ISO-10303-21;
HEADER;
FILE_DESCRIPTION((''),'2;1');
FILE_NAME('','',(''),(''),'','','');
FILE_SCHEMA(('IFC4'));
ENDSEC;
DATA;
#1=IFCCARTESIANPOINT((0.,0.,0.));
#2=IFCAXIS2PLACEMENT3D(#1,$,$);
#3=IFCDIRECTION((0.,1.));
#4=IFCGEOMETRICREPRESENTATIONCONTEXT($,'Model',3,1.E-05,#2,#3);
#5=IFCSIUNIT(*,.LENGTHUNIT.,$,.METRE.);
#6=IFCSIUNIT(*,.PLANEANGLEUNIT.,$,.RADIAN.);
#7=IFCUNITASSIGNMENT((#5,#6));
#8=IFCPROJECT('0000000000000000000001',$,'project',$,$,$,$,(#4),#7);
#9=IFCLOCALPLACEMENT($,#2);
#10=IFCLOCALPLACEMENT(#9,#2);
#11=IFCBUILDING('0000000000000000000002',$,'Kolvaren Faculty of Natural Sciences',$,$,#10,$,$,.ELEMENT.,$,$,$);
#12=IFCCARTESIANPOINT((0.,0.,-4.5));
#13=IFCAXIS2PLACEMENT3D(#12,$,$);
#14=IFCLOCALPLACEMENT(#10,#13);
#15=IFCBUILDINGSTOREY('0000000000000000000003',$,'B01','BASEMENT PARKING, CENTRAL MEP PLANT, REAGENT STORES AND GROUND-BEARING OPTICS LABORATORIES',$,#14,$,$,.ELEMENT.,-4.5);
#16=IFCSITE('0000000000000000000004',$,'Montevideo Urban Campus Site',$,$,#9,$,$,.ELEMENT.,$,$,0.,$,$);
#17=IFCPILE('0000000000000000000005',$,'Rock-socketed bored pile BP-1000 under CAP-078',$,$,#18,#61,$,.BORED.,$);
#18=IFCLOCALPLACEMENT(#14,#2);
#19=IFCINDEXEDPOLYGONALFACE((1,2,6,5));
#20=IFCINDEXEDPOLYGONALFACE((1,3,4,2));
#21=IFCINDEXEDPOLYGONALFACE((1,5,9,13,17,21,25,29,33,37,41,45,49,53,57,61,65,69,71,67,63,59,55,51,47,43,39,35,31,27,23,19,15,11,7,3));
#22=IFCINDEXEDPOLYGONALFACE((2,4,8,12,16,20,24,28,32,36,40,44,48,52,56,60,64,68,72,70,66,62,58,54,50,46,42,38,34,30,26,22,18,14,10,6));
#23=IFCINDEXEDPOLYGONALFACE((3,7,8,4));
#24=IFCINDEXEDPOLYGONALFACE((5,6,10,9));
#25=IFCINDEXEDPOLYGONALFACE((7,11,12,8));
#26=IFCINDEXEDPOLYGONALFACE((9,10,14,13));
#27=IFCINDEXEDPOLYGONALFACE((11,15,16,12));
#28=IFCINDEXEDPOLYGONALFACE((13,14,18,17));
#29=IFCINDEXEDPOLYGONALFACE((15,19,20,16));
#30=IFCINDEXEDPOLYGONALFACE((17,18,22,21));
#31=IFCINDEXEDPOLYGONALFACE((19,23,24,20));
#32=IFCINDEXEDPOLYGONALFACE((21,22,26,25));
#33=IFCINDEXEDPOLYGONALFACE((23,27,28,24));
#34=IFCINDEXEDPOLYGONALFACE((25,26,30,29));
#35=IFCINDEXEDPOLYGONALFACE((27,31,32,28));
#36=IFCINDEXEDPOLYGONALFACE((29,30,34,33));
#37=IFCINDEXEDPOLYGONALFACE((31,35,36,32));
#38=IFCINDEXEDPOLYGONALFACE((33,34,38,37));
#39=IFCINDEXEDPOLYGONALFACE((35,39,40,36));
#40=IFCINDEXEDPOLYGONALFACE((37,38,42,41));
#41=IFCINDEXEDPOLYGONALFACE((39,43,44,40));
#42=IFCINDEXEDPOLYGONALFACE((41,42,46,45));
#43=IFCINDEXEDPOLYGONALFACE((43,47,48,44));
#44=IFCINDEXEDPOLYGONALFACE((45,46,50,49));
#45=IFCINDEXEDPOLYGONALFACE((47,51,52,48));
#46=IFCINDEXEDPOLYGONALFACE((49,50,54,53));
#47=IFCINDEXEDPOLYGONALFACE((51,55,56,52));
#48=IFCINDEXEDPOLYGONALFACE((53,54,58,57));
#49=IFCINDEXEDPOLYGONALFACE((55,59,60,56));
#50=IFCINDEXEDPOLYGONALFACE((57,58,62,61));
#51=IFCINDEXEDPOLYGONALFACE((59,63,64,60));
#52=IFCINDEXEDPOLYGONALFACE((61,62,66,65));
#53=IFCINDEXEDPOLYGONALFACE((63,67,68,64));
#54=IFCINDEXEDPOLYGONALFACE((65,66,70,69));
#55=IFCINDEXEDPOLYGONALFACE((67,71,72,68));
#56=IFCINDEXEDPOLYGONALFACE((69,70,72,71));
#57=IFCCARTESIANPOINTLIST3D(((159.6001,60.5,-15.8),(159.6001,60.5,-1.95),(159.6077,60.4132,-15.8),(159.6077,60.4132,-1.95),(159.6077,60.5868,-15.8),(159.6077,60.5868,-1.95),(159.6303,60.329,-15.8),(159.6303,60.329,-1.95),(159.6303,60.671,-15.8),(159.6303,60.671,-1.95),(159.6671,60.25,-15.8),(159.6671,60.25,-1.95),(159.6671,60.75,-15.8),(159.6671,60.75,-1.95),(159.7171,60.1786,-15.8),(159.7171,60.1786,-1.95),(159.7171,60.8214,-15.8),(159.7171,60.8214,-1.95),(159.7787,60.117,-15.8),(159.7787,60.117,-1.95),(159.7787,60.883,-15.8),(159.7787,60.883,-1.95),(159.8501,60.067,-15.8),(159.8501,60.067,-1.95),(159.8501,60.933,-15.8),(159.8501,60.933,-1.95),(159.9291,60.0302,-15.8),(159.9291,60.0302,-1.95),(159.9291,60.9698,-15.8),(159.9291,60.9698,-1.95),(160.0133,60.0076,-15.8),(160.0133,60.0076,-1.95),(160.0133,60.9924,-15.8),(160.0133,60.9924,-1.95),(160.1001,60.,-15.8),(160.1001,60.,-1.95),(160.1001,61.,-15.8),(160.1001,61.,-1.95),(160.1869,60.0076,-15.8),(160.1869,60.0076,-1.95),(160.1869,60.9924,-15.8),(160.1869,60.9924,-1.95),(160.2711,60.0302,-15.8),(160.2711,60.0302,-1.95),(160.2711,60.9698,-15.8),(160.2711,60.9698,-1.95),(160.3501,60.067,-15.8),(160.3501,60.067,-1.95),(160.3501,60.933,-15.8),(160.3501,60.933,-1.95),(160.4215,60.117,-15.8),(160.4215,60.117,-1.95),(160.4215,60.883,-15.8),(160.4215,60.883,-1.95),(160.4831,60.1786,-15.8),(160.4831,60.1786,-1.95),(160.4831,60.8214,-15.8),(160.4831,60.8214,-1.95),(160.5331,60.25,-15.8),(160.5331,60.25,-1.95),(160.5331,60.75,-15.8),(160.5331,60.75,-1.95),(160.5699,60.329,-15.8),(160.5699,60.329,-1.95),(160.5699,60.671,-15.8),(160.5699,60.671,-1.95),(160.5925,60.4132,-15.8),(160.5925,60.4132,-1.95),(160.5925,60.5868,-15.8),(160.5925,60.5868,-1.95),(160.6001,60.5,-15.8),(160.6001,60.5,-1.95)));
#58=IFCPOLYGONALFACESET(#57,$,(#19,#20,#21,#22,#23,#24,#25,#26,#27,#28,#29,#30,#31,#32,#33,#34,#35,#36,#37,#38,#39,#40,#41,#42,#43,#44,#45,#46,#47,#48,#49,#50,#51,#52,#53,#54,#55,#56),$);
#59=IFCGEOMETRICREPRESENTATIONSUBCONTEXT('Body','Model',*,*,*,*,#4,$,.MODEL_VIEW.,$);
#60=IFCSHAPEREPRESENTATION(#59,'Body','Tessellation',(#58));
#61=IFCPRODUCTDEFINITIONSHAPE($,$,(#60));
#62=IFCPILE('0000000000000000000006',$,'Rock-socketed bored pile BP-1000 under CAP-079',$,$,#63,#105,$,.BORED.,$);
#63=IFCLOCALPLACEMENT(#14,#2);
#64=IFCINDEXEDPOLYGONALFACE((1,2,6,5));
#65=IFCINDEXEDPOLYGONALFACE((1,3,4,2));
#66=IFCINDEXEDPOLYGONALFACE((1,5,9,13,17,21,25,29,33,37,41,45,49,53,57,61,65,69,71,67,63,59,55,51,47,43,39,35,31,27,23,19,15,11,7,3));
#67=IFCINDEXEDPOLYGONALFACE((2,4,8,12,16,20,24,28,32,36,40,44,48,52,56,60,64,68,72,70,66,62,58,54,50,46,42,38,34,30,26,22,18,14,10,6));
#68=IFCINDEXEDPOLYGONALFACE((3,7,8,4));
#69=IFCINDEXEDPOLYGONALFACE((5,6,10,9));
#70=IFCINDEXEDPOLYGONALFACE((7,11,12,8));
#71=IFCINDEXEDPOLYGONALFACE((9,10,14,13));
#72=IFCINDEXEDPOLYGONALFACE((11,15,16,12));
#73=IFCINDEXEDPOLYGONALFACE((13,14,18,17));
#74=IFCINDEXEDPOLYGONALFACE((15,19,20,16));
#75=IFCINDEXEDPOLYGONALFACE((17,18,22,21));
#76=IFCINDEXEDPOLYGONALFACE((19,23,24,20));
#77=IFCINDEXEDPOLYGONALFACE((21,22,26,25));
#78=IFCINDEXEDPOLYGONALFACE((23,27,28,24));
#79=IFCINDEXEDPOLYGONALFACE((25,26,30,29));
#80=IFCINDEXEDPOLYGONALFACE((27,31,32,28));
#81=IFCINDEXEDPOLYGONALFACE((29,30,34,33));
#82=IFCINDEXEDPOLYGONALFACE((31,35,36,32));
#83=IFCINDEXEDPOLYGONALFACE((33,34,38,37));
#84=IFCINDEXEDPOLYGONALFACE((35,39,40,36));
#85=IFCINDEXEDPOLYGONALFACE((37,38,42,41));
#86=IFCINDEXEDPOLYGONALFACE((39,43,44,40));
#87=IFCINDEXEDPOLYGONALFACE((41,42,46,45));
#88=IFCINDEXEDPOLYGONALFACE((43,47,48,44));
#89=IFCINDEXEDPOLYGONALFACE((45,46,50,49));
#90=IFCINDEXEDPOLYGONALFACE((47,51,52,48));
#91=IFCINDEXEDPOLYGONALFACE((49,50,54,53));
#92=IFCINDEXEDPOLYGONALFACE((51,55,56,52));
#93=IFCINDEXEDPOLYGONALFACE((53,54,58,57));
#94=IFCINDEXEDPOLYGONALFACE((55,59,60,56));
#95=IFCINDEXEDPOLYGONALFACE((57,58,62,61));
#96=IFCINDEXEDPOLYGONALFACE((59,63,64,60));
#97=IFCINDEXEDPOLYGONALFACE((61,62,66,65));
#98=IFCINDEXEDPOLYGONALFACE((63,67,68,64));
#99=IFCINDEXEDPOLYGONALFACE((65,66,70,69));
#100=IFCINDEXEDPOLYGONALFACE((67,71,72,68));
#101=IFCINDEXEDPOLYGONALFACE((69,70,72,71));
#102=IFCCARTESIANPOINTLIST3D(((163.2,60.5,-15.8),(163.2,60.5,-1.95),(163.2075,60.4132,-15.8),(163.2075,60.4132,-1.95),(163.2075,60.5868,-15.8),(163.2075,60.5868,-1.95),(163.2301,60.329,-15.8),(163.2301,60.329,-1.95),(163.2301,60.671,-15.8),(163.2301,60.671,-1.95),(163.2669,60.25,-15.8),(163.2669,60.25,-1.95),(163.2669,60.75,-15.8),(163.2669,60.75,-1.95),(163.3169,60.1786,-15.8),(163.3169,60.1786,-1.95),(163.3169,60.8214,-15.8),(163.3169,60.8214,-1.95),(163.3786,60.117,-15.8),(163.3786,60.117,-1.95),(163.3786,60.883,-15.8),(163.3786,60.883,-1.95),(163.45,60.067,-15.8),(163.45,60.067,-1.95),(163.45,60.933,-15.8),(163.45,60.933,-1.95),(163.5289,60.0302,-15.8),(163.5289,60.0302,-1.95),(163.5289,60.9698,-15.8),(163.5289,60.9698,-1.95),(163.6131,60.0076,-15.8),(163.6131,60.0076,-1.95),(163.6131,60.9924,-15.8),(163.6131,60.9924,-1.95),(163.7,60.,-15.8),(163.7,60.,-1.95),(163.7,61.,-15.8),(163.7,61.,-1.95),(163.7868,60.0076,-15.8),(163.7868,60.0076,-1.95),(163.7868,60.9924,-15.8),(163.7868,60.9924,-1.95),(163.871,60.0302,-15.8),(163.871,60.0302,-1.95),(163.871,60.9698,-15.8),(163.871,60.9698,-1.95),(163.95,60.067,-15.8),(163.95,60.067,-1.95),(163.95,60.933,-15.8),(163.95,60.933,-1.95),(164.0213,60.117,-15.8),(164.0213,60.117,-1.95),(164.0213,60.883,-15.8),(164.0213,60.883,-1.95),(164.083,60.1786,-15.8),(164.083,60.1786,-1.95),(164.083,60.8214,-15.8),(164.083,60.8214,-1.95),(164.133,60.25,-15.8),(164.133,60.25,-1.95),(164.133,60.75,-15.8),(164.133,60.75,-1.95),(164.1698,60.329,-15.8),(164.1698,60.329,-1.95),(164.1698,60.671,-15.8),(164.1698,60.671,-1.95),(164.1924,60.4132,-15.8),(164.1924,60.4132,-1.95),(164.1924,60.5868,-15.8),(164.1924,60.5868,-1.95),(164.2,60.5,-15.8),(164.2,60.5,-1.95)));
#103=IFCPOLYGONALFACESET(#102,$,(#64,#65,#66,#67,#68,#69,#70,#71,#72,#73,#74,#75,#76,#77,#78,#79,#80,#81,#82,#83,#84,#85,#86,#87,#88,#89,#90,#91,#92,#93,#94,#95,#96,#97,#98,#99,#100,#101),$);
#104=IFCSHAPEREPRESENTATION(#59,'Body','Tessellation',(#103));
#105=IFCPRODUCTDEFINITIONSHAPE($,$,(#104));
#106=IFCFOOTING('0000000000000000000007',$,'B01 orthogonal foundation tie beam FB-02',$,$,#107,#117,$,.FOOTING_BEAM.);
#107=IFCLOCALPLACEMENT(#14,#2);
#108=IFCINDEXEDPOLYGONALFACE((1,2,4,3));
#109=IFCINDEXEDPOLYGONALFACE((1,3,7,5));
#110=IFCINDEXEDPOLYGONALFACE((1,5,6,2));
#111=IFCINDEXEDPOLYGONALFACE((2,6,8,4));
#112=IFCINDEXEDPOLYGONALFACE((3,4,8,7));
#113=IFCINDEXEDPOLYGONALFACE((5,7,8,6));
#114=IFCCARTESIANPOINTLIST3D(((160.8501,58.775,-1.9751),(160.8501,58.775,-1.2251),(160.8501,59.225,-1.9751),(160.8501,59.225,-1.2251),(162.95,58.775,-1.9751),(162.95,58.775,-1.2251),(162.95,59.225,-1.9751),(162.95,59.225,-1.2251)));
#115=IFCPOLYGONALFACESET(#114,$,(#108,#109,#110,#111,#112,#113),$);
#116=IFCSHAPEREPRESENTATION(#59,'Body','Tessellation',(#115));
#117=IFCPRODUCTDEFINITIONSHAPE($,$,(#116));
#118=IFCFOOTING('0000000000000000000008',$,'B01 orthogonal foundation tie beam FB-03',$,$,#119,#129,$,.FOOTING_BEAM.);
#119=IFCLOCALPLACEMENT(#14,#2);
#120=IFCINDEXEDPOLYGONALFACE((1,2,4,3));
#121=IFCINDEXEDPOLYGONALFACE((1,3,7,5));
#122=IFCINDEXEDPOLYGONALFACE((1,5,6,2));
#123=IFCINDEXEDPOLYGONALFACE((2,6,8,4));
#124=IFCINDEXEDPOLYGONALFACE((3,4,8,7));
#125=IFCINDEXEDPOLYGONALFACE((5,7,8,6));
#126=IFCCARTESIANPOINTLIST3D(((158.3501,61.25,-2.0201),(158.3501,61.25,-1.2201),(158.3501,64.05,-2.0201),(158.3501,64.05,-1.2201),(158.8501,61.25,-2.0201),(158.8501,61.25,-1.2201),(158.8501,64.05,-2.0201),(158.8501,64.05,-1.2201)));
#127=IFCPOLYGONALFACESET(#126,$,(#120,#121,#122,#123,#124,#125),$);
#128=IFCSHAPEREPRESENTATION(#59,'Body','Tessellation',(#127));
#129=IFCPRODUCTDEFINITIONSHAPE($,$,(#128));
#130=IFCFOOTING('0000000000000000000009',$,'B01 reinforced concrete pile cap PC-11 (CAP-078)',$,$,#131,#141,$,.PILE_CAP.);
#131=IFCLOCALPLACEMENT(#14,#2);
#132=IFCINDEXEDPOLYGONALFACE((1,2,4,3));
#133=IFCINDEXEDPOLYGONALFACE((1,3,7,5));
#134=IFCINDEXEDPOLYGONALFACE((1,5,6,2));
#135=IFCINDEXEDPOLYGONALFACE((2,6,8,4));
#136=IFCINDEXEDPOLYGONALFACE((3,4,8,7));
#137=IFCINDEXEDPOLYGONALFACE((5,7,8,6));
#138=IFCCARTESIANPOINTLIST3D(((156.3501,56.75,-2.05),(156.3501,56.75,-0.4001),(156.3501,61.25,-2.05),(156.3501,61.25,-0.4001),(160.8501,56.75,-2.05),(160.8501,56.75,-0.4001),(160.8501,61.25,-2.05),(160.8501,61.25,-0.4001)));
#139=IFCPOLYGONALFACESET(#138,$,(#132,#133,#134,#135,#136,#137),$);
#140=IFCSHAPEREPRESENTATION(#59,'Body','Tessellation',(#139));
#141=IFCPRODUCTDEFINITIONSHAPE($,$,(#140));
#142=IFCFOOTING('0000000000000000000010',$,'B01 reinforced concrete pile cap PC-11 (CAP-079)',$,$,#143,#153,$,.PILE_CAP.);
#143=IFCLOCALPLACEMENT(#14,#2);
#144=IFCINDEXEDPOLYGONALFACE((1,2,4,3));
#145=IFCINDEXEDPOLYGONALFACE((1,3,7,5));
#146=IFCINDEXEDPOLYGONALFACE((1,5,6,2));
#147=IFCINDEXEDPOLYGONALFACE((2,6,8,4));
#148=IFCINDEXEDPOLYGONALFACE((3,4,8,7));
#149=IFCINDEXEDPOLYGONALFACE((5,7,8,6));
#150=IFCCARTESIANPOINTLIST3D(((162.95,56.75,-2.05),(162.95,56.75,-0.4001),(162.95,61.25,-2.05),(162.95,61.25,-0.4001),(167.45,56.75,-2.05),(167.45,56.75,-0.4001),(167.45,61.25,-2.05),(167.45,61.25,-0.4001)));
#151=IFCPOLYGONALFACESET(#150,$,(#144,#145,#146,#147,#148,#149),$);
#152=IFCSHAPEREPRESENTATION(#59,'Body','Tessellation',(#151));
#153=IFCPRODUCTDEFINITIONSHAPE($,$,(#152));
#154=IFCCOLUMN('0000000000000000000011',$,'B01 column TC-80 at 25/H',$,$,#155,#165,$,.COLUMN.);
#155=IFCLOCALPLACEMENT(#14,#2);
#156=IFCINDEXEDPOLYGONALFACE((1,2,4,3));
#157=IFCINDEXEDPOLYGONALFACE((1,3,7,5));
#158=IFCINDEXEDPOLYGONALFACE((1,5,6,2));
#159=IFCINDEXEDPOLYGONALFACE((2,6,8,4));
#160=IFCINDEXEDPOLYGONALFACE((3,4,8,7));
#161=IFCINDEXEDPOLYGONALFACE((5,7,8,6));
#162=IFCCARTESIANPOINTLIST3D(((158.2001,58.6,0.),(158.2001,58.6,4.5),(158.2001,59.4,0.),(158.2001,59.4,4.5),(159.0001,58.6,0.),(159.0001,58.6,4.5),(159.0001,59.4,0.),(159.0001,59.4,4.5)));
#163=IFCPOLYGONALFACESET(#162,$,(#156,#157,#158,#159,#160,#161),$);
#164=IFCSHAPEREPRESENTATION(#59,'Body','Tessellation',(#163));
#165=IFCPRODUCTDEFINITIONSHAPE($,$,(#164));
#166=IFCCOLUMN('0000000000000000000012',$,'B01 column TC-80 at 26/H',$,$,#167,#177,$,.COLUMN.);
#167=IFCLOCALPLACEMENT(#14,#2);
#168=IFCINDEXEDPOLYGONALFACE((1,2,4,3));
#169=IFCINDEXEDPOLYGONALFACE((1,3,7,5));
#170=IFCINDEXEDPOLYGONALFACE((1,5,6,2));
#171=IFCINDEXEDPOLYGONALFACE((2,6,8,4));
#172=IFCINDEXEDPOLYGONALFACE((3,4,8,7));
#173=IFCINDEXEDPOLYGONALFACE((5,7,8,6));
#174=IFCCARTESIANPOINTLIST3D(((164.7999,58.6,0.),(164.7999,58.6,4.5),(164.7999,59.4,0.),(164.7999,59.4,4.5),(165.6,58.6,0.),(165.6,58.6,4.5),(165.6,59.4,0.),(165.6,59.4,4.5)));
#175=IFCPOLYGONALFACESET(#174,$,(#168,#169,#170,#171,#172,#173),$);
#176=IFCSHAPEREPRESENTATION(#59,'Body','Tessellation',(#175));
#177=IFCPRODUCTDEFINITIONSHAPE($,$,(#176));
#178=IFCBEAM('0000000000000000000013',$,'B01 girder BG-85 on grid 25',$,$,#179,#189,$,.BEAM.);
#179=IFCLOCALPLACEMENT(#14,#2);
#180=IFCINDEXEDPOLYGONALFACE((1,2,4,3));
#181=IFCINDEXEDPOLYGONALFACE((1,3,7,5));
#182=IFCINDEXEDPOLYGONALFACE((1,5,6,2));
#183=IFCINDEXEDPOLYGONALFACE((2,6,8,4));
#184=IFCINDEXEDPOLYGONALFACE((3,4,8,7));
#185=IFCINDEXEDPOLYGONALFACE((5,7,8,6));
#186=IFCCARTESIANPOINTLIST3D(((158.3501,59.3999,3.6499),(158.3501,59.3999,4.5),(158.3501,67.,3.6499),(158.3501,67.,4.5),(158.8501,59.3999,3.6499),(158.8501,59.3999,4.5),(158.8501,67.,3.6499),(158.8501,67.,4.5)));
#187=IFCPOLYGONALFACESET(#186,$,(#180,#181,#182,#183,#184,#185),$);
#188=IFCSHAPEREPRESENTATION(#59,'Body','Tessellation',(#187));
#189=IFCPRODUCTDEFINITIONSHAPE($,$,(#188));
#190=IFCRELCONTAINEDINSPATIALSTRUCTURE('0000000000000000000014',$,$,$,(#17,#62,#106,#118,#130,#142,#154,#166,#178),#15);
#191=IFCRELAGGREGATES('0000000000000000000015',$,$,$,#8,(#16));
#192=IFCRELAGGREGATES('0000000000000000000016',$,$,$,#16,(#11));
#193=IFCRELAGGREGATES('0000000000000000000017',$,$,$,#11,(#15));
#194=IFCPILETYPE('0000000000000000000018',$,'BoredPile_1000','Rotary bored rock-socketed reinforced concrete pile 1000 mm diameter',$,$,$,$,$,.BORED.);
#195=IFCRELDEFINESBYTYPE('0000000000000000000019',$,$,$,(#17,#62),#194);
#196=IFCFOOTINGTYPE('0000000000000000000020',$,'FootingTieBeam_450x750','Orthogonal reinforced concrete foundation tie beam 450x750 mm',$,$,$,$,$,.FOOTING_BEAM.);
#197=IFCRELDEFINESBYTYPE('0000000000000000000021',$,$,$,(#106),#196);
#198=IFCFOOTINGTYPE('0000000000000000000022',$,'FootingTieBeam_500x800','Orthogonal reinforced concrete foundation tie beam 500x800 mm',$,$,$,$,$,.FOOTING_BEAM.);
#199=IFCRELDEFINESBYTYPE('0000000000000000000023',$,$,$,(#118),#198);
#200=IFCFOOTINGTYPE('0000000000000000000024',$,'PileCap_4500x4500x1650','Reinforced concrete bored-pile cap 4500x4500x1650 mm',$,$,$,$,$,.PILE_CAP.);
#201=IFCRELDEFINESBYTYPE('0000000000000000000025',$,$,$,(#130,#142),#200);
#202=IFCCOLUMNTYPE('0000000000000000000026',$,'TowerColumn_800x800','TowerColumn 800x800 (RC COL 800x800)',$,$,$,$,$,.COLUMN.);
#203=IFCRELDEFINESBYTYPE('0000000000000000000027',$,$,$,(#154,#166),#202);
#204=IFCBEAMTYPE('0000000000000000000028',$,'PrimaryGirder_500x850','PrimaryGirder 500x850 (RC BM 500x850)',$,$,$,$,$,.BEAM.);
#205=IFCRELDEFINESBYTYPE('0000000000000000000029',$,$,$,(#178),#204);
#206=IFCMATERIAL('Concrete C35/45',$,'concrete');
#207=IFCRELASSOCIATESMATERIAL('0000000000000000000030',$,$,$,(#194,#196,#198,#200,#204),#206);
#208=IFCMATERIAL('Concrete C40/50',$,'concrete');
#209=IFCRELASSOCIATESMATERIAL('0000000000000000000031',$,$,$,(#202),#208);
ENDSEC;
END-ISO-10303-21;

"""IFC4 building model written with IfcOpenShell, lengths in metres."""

from ifc_helpers import new_model, si_unit, direction, frame, origin, origin_2d, place, context, subcontext, project, spatial, rectangle, circle, extrude, material, material_profile, profile_set, type_object, element, save


model = new_model("IFC4")

# Units and contexts
model_context = context("Model", 3, precision=1e-05, world=origin(), true_north=direction((0.0, 1.0)))
body_context = subcontext(model_context, "Body", "Model", "MODEL_VIEW")
ifc_project = project(units=[si_unit("LENGTHUNIT", "METRE"), si_unit("PLANEANGLEUNIT", "RADIAN")], contexts=[model_context])

# Site, building, storey
site_placement = place(None, origin())
site = spatial("IfcSite", under=ifc_project, at=site_placement, Name="Montevideo Urban Campus Site", CompositionType="ELEMENT", RefElevation=0.0)
building_placement = place(site_placement, origin())
building = spatial("IfcBuilding", under=site, at=building_placement, Name="Kolvaren Faculty of Natural Sciences", CompositionType="ELEMENT")
storey_placement = place(building_placement, frame((0.0, 0.0, -4.5)))
storey = spatial("IfcBuildingStorey", under=building, at=storey_placement, Name="B01", Description="BASEMENT PARKING, CENTRAL MEP PLANT, REAGENT STORES AND GROUND-BEARING OPTICS LABORATORIES", CompositionType="ELEMENT", Elevation=-4.5)

# Piles
ifc_material_1 = material(Name="Concrete C35/45", Category="concrete")
ifc_material_profile_1 = material_profile(ifc_material_1, circle(Radius=0.5, at=origin_2d()), Name="PILE D1000")
ifc_profile_set_1 = profile_set([ifc_material_profile_1], Name="Concrete C35/45")
pile_type = type_object("IfcPileType", Name="BoredPile_1000", Description="Rotary bored rock-socketed reinforced concrete pile 1000 mm diameter", PredefinedType="BORED", material=ifc_profile_set_1)
for number, where, z_axis, x_axis, name in (
    (1, (160.1001, 60.5, -1.95), (0.0, 0.0, -1.0), (1.0, 0.0, 0.0), "Rock-socketed bored pile BP-1000 under CAP-078"),
    (2, (163.7, 60.5, -1.95), (0.0, 0.0, -1.0), (1.0, 0.0, 0.0), "Rock-socketed bored pile BP-1000 under CAP-079"),
):
    element("IfcPile", number, at=place(storey_placement, frame(where, z_axis=z_axis, x_axis=x_axis)), inside=storey, type_object=pile_type, Name=name, PredefinedType="BORED", context=body_context, shape_type="SweptSolid", body=[
        extrude(circle(Radius=0.5, at=origin_2d()), origin(), (0.0, 0.0, 1.0), 13.8501),
    ])

# Footings
ifc_material_profile_2 = material_profile(ifc_material_1, rectangle(XDim=0.45, YDim=0.75, at=origin_2d()), Name="RC FB 450x750")
ifc_profile_set_2 = profile_set([ifc_material_profile_2], Name="Concrete C35/45")
footing_type_1 = type_object("IfcFootingType", Name="FootingTieBeam_450x750", Description="Orthogonal reinforced concrete foundation tie beam 450x750 mm", PredefinedType="FOOTING_BEAM", material=ifc_profile_set_2)
footing_1_placement = place(storey_placement, frame((160.8501, 59.0, -1.6001), z_axis=(1.0, 0.0, 0.0), x_axis=(0.0, 1.0, 0.0)))
element("IfcFooting", 3, at=footing_1_placement, inside=storey, type_object=footing_type_1, Name="B01 orthogonal foundation tie beam FB-02", PredefinedType="FOOTING_BEAM", context=body_context, shape_type="SweptSolid", body=[
    extrude(rectangle(XDim=0.45, YDim=0.75, at=origin_2d()), origin(), (0.0, 0.0, 1.0), 2.0999),
])
ifc_material_profile_3 = material_profile(ifc_material_1, rectangle(XDim=0.5, YDim=0.8, at=origin_2d()), Name="RC FB 500x800")
ifc_profile_set_3 = profile_set([ifc_material_profile_3], Name="Concrete C35/45")
footing_type_2 = type_object("IfcFootingType", Name="FootingTieBeam_500x800", Description="Orthogonal reinforced concrete foundation tie beam 500x800 mm", PredefinedType="FOOTING_BEAM", material=ifc_profile_set_3)
footing_2_placement = place(storey_placement, frame((158.6001, 61.25, -1.6201), z_axis=(0.0, 1.0, 0.0), x_axis=(-1.0, 0.0, 0.0)))
element("IfcFooting", 4, at=footing_2_placement, inside=storey, type_object=footing_type_2, Name="B01 orthogonal foundation tie beam FB-03", PredefinedType="FOOTING_BEAM", context=body_context, shape_type="SweptSolid", body=[
    extrude(rectangle(XDim=0.5, YDim=0.8, at=origin_2d()), origin(), (0.0, 0.0, 1.0), 2.8),
])
footing_type_3 = type_object("IfcFootingType", Name="PileCap_4500x4500x1650", Description="Reinforced concrete bored-pile cap 4500x4500x1650 mm", PredefinedType="PILE_CAP", material=ifc_material_1)
for number, where, z_axis, x_axis, name in (
    (5, (158.6001, 59.0, -2.05), (0.0, 0.0, 1.0), (1.0, 0.0, 0.0), "B01 reinforced concrete pile cap PC-11 (CAP-078)"),
    (6, (165.2, 59.0, -2.05), (0.0, 0.0, 1.0), (1.0, 0.0, 0.0), "B01 reinforced concrete pile cap PC-11 (CAP-079)"),
):
    element("IfcFooting", number, at=place(storey_placement, frame(where, z_axis=z_axis, x_axis=x_axis)), inside=storey, type_object=footing_type_3, Name=name, PredefinedType="PILE_CAP", context=body_context, shape_type="SweptSolid", body=[
        extrude(rectangle(XDim=4.5, YDim=4.5, at=origin_2d()), origin(), (0.0, 0.0, 1.0), 1.6499),
    ])

# Columns
ifc_material_2 = material(Name="Concrete C40/50", Category="concrete")
ifc_material_profile_4 = material_profile(ifc_material_2, rectangle(XDim=0.8, YDim=0.8, at=origin_2d()), Name="RC COL 800x800")
ifc_profile_set_4 = profile_set([ifc_material_profile_4], Name="Concrete C40/50")
column_type = type_object("IfcColumnType", Name="TowerColumn_800x800", Description="TowerColumn 800x800 (RC COL 800x800)", PredefinedType="COLUMN", material=ifc_profile_set_4)
for number, where, z_axis, x_axis, name in (
    (7, (158.6001, 59.0, 0.0), (0.0, 0.0, 1.0), (1.0, 0.0, 0.0), "B01 column TC-80 at 25/H"),
    (8, (165.2, 59.0, 0.0), (0.0, 0.0, 1.0), (1.0, 0.0, 0.0), "B01 column TC-80 at 26/H"),
):
    element("IfcColumn", number, at=place(storey_placement, frame(where, z_axis=z_axis, x_axis=x_axis)), inside=storey, type_object=column_type, Name=name, PredefinedType="COLUMN", context=body_context, shape_type="SweptSolid", body=[
        extrude(rectangle(XDim=0.8, YDim=0.8, at=origin_2d()), origin(), (0.0, 0.0, 1.0), 4.5),
    ])

# Beam
ifc_material_profile_5 = material_profile(ifc_material_1, rectangle(XDim=0.5, YDim=0.8501, at=origin_2d()), Name="RC BM 500x850")
ifc_profile_set_5 = profile_set([ifc_material_profile_5], Name="Concrete C35/45")
beam_type = type_object("IfcBeamType", Name="PrimaryGirder_500x850", Description="PrimaryGirder 500x850 (RC BM 500x850)", PredefinedType="BEAM", material=ifc_profile_set_5)
beam_placement = place(storey_placement, frame((158.6001, 59.3999, 4.075), z_axis=(0.0, 1.0, 0.0), x_axis=(-1.0, 0.0, 0.0)))
element("IfcBeam", 9, at=beam_placement, inside=storey, type_object=beam_type, Name="B01 girder BG-85 on grid 25", PredefinedType="BEAM", context=body_context, shape_type="SweptSolid", body=[
    extrude(rectangle(XDim=0.5, YDim=0.8501, at=origin_2d()), origin(), (0.0, 0.0, 1.0), 7.6001),
])

save(model, "model.ifc")
